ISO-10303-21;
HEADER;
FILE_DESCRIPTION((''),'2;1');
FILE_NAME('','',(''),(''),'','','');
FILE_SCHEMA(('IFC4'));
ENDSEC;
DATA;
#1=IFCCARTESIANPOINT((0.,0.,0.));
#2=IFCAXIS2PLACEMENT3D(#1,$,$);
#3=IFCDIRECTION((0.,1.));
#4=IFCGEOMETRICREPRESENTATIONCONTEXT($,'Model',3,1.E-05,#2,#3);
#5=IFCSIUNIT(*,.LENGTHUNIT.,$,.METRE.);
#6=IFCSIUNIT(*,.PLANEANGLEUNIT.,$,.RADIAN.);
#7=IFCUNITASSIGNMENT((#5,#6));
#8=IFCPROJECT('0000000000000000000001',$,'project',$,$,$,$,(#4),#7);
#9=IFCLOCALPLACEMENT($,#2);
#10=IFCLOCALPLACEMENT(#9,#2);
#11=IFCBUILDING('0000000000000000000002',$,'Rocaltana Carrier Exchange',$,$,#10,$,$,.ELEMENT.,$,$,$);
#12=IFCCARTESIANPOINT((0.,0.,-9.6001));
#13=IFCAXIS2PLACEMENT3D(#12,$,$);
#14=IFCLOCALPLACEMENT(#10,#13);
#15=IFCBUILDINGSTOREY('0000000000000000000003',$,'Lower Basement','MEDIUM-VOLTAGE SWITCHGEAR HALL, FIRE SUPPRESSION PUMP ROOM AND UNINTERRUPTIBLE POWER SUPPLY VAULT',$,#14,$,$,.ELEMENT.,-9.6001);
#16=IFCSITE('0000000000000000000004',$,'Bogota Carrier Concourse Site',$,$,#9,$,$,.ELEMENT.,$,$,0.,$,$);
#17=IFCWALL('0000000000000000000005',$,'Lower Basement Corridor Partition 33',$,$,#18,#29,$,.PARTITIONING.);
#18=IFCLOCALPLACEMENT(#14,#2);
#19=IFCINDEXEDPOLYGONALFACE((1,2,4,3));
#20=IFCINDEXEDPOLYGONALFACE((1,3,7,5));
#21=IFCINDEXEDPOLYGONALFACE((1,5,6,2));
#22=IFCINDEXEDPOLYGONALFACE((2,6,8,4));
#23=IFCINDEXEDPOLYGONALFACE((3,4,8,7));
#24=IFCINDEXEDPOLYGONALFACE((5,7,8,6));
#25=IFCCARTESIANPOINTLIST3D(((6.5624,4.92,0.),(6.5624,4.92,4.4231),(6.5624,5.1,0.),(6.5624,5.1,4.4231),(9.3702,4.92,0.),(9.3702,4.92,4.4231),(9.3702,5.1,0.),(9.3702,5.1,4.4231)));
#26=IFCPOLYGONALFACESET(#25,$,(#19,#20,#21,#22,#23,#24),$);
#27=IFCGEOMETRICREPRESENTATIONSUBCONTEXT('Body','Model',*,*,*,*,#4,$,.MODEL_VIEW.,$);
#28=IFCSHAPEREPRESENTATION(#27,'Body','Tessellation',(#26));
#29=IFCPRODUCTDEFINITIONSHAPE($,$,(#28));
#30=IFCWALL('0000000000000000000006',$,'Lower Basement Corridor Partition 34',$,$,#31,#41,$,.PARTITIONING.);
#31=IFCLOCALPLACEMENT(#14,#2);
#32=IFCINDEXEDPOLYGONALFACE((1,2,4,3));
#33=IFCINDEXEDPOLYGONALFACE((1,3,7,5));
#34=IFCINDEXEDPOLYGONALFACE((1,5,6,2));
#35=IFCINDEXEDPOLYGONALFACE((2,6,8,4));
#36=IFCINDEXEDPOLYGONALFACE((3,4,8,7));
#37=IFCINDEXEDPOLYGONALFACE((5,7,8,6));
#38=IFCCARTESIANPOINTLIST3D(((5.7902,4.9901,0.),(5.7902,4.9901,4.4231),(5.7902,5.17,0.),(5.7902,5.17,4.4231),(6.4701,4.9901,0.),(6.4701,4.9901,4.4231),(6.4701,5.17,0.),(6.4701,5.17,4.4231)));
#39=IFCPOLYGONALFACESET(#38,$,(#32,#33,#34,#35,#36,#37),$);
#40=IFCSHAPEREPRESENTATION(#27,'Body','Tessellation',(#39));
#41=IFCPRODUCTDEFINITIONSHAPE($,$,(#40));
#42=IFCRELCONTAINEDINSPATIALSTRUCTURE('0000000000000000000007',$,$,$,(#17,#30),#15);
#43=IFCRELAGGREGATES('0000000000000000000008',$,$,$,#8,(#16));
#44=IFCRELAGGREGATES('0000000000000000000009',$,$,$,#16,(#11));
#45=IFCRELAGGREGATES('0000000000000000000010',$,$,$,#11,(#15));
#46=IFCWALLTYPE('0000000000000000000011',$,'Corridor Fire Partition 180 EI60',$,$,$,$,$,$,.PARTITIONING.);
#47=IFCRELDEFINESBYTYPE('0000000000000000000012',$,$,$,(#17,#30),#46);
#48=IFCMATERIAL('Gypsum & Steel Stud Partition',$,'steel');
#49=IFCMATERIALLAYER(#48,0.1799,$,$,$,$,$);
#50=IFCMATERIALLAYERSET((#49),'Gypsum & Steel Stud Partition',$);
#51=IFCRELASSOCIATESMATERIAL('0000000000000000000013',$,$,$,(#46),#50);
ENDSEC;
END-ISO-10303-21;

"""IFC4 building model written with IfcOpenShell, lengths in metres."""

from ifc_helpers import new_model, si_unit, direction, frame, frame_2d, origin, place, context, subcontext, project, spatial, rectangle, extrude, material, layer, layer_set, type_object, element, save


model = new_model("IFC4")

# Units and contexts
model_context = context("Model", 3, precision=1e-05, world=origin(), true_north=direction((0.0, 1.0)))
body_context = subcontext(model_context, "Body", "Model", "MODEL_VIEW")
ifc_project = project(units=[si_unit("LENGTHUNIT", "METRE"), si_unit("PLANEANGLEUNIT", "RADIAN")], contexts=[model_context])

# Site, building, storey
site_placement = place(None, origin())
site = spatial("IfcSite", under=ifc_project, at=site_placement, Name="Bogota Carrier Concourse Site", CompositionType="ELEMENT", RefElevation=0.0)
building_placement = place(site_placement, origin())
building = spatial("IfcBuilding", under=site, at=building_placement, Name="Rocaltana Carrier Exchange", CompositionType="ELEMENT")
storey_placement = place(building_placement, frame((0.0, 0.0, -9.6001)))
storey = spatial("IfcBuildingStorey", under=building, at=storey_placement, Name="Lower Basement", Description="MEDIUM-VOLTAGE SWITCHGEAR HALL, FIRE SUPPRESSION PUMP ROOM AND UNINTERRUPTIBLE POWER SUPPLY VAULT", CompositionType="ELEMENT", Elevation=-9.6001)

# Walls
ifc_material_1 = material(Name="Gypsum & Steel Stud Partition", Category="steel")
ifc_layer_1 = layer(ifc_material_1, 0.1799)
ifc_layer_set_1 = layer_set([ifc_layer_1], Name="Gypsum & Steel Stud Partition")
wall_type_1 = type_object("IfcWallType", Name="Corridor Fire Partition 180 EI60", PredefinedType="PARTITIONING", material=ifc_layer_set_1)
wall_1_placement = place(storey_placement, frame((9.3701, 5.01, 0.0), z_axis=(0.0, 0.0, 1.0), x_axis=(-1.0, 0.0, 0.0)))
element("IfcWall", 1, at=wall_1_placement, inside=storey, type_object=wall_type_1, Name="Lower Basement Corridor Partition 33", PredefinedType="PARTITIONING", context=body_context, shape_type="SweptSolid", body=[
    extrude(rectangle(XDim=2.8079, YDim=0.1799, at=frame_2d((1.4038, 0.0))), origin(), (0.0, 0.0, 1.0), 4.4231),
])
wall_2_placement = place(storey_placement, frame((6.47, 5.0801, 0.0), z_axis=(0.0, 0.0, 1.0), x_axis=(-1.0, 0.0, 0.0)))
element("IfcWall", 2, at=wall_2_placement, inside=storey, type_object=wall_type_1, Name="Lower Basement Corridor Partition 34", PredefinedType="PARTITIONING", context=body_context, shape_type="SweptSolid", body=[
    extrude(rectangle(XDim=0.6799, YDim=0.1799, at=frame_2d((0.3398, 0.0))), origin(), (0.0, 0.0, 1.0), 4.4231),
])

save(model, "model.ifc")
